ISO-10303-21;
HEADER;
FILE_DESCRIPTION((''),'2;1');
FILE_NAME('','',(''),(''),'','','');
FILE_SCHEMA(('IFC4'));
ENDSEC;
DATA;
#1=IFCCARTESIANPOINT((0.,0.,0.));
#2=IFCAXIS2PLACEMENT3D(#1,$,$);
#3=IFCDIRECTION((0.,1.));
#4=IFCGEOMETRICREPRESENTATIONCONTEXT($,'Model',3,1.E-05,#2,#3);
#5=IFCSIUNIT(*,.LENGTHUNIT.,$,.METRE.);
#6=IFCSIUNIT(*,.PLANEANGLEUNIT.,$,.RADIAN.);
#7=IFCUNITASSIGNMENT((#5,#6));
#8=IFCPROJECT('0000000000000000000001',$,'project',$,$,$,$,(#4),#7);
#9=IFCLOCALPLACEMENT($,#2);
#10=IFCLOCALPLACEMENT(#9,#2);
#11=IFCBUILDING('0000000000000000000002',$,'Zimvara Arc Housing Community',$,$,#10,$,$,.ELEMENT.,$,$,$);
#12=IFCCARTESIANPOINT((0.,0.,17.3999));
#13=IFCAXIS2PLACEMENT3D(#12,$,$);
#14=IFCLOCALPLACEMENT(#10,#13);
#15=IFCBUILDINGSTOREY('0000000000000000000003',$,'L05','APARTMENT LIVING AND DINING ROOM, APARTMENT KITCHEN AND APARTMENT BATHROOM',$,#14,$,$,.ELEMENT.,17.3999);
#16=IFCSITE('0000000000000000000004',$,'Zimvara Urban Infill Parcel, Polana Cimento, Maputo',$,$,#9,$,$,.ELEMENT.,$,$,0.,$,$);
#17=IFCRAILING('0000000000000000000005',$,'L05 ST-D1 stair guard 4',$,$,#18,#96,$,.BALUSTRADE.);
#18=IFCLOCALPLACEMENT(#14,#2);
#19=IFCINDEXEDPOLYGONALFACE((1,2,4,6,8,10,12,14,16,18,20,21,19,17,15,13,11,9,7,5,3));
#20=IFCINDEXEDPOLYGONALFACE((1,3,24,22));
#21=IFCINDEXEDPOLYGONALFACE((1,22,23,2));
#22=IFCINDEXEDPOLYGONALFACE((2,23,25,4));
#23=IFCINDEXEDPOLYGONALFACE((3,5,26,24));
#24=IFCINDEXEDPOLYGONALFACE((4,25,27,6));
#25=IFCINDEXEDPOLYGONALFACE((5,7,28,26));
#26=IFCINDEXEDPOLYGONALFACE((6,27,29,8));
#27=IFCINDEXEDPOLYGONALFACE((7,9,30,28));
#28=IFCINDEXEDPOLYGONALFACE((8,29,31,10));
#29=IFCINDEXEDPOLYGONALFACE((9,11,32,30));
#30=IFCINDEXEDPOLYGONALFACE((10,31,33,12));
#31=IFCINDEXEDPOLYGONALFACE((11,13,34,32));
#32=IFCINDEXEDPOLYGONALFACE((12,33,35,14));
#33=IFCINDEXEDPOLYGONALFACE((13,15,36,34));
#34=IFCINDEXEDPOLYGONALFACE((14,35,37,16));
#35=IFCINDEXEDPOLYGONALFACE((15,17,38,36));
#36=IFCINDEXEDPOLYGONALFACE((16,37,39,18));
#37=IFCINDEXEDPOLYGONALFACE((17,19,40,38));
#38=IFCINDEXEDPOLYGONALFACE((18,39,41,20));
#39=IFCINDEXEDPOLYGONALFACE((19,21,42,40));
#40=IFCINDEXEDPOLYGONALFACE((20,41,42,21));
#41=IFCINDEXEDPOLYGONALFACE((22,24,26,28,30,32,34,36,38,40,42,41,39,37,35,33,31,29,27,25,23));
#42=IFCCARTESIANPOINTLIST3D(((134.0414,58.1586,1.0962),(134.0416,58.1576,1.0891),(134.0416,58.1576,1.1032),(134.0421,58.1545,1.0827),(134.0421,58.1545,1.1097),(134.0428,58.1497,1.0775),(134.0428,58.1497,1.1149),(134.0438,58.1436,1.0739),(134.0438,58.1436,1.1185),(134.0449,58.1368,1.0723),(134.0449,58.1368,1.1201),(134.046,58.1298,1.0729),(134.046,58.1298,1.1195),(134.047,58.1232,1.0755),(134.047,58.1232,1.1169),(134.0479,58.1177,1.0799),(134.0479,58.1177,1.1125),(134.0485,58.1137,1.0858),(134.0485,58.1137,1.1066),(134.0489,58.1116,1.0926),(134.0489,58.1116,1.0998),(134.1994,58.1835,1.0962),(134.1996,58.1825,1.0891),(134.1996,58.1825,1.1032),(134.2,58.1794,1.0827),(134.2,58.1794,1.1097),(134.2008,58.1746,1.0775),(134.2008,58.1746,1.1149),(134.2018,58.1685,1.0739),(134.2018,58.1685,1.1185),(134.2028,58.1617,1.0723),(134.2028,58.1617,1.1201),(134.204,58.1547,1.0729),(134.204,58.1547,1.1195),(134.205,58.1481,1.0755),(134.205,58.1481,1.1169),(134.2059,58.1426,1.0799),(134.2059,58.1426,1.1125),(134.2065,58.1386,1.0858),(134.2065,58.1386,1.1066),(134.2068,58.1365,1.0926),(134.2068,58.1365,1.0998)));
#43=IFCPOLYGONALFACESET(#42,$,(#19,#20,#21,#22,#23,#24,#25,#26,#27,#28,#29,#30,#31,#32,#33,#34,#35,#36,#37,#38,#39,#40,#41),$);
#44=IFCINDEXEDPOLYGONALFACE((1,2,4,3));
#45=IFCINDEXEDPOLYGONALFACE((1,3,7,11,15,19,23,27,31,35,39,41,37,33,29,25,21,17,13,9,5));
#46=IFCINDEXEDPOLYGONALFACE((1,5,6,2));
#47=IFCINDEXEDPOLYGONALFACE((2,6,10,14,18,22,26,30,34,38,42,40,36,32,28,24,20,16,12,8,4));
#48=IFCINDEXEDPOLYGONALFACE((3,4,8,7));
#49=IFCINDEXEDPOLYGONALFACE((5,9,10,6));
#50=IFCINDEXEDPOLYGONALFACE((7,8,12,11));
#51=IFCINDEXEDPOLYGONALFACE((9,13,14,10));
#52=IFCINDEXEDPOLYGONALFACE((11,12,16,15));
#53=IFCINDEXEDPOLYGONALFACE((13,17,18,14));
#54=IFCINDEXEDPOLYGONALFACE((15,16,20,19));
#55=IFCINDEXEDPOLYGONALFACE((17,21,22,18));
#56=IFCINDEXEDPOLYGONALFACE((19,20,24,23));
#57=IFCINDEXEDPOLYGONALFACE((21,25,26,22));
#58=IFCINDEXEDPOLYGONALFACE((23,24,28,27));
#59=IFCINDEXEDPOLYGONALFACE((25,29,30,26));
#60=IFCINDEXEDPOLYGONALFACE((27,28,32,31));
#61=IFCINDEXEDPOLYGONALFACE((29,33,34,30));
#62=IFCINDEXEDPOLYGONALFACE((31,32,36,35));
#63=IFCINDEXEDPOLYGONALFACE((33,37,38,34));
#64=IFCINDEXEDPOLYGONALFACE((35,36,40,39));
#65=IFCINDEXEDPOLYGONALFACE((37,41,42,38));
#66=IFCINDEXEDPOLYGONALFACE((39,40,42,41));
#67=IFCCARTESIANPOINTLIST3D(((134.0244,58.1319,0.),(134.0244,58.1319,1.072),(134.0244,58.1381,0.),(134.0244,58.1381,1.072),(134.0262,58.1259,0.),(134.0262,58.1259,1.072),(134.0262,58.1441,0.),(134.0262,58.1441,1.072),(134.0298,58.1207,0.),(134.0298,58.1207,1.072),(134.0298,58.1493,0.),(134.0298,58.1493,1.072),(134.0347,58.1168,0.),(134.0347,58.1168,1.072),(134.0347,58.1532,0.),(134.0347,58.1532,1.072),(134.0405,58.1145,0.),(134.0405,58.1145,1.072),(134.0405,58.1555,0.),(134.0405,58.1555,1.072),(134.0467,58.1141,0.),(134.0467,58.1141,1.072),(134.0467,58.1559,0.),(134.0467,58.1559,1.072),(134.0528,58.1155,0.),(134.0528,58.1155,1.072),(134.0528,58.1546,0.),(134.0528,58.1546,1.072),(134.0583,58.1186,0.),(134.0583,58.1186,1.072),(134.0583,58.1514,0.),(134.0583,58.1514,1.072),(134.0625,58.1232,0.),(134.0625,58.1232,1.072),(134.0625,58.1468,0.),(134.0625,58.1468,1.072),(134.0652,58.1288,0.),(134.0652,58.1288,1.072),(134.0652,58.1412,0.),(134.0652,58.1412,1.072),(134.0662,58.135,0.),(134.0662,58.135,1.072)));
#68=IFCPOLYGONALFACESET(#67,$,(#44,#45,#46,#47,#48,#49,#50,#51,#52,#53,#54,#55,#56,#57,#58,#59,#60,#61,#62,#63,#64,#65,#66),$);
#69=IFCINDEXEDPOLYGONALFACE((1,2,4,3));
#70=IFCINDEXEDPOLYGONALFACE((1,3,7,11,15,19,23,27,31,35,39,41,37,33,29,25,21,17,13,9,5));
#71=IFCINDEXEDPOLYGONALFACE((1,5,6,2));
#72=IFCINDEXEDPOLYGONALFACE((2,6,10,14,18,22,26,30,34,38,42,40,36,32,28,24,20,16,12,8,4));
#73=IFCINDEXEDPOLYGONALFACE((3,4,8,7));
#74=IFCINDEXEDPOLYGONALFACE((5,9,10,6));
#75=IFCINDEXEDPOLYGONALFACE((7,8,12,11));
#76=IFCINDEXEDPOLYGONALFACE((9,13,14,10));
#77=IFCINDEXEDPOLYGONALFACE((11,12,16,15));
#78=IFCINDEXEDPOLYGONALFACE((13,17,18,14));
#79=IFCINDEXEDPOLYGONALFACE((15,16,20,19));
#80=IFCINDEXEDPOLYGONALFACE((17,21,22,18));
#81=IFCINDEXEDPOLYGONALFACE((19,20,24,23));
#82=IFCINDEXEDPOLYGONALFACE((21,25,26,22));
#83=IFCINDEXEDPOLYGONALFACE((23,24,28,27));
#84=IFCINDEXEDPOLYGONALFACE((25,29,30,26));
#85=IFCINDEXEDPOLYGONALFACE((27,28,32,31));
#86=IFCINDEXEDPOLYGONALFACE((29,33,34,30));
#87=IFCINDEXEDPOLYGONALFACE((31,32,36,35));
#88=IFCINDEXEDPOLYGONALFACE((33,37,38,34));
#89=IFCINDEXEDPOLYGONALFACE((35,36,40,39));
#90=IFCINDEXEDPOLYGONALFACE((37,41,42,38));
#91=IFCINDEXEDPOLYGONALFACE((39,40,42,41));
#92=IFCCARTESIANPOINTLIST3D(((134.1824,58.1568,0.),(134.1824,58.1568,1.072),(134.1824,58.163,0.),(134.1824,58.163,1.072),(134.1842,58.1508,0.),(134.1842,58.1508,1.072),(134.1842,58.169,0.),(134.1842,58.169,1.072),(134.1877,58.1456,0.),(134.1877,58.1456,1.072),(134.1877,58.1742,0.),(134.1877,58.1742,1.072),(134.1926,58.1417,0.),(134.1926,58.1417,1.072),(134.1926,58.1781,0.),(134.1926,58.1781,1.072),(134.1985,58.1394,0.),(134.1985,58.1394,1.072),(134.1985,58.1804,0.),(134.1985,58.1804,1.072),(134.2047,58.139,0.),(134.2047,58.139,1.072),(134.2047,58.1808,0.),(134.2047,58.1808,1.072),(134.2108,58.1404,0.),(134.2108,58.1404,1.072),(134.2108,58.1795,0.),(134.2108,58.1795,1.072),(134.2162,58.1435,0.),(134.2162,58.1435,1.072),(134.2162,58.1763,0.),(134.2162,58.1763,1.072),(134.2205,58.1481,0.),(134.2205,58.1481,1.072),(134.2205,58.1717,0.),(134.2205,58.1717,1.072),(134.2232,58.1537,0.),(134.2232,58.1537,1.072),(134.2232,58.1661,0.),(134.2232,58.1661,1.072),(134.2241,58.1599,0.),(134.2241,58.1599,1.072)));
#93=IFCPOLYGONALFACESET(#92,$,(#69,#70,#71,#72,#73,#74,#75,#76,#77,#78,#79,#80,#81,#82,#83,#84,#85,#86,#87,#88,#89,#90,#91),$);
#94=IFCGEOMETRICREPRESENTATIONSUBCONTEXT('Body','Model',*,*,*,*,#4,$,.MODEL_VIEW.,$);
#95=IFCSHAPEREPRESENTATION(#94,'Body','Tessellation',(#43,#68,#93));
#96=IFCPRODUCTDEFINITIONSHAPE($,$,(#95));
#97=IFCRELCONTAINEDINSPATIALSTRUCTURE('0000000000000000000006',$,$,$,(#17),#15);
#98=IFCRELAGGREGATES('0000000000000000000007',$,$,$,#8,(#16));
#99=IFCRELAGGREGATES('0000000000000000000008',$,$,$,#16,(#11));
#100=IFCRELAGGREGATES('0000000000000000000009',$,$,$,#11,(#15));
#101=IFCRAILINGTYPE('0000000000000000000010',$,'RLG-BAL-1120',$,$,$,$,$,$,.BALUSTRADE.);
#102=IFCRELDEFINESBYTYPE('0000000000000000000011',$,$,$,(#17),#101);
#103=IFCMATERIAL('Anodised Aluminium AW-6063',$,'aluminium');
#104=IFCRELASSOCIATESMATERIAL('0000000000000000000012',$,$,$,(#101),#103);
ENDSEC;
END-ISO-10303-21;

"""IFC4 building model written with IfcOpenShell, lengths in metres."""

from ifc_helpers import new_model, si_unit, direction, frame, origin, origin_2d, place, context, subcontext, project, spatial, circle, extrude, material, type_object, element, save


model = new_model("IFC4")

# Units and contexts
model_context = context("Model", 3, precision=1e-05, world=origin(), true_north=direction((0.0, 1.0)))
body_context = subcontext(model_context, "Body", "Model", "MODEL_VIEW")
ifc_project = project(units=[si_unit("LENGTHUNIT", "METRE"), si_unit("PLANEANGLEUNIT", "RADIAN")], contexts=[model_context])

# Site, building, storey
site_placement = place(None, origin())
site = spatial("IfcSite", under=ifc_project, at=site_placement, Name="Zimvara Urban Infill Parcel, Polana Cimento, Maputo", CompositionType="ELEMENT", RefElevation=0.0)
building_placement = place(site_placement, origin())
building = spatial("IfcBuilding", under=site, at=building_placement, Name="Zimvara Arc Housing Community", CompositionType="ELEMENT")
storey_placement = place(building_placement, frame((0.0, 0.0, 17.3999)))
storey = spatial("IfcBuildingStorey", under=building, at=storey_placement, Name="L05", Description="APARTMENT LIVING AND DINING ROOM, APARTMENT KITCHEN AND APARTMENT BATHROOM", CompositionType="ELEMENT", Elevation=17.3999)

# Railing
ifc_material_1 = material(Name="Anodised Aluminium AW-6063", Category="aluminium")
railing_type_1 = type_object("IfcRailingType", Name="RLG-BAL-1120", PredefinedType="BALUSTRADE", material=ifc_material_1)
railing_1_placement = place(storey_placement, frame((134.0452, 58.135, 0.0)))
element("IfcRailing", 1, at=railing_1_placement, inside=storey, type_object=railing_type_1, Name="L05 ST-D1 stair guard 4", PredefinedType="BALUSTRADE", context=body_context, shape_type="SweptSolid", body=[
    extrude(circle(Radius=0.0239, at=origin_2d()), frame((0.0, 0.0, 1.0962), z_axis=(0.9878, 0.155727, 0.0), x_axis=(-0.155727, 0.9878, 0.0)), (0.0, 0.0, 1.0), 0.1599),
    extrude(circle(Radius=0.021, at=origin_2d()), origin(), (0.0, 0.0, 1.0), 1.072),
    extrude(circle(Radius=0.021, at=origin_2d()), frame((0.158, 0.0249, 0.0)), (0.0, 0.0, 1.0), 1.072),
])

save(model, "model.ifc")
